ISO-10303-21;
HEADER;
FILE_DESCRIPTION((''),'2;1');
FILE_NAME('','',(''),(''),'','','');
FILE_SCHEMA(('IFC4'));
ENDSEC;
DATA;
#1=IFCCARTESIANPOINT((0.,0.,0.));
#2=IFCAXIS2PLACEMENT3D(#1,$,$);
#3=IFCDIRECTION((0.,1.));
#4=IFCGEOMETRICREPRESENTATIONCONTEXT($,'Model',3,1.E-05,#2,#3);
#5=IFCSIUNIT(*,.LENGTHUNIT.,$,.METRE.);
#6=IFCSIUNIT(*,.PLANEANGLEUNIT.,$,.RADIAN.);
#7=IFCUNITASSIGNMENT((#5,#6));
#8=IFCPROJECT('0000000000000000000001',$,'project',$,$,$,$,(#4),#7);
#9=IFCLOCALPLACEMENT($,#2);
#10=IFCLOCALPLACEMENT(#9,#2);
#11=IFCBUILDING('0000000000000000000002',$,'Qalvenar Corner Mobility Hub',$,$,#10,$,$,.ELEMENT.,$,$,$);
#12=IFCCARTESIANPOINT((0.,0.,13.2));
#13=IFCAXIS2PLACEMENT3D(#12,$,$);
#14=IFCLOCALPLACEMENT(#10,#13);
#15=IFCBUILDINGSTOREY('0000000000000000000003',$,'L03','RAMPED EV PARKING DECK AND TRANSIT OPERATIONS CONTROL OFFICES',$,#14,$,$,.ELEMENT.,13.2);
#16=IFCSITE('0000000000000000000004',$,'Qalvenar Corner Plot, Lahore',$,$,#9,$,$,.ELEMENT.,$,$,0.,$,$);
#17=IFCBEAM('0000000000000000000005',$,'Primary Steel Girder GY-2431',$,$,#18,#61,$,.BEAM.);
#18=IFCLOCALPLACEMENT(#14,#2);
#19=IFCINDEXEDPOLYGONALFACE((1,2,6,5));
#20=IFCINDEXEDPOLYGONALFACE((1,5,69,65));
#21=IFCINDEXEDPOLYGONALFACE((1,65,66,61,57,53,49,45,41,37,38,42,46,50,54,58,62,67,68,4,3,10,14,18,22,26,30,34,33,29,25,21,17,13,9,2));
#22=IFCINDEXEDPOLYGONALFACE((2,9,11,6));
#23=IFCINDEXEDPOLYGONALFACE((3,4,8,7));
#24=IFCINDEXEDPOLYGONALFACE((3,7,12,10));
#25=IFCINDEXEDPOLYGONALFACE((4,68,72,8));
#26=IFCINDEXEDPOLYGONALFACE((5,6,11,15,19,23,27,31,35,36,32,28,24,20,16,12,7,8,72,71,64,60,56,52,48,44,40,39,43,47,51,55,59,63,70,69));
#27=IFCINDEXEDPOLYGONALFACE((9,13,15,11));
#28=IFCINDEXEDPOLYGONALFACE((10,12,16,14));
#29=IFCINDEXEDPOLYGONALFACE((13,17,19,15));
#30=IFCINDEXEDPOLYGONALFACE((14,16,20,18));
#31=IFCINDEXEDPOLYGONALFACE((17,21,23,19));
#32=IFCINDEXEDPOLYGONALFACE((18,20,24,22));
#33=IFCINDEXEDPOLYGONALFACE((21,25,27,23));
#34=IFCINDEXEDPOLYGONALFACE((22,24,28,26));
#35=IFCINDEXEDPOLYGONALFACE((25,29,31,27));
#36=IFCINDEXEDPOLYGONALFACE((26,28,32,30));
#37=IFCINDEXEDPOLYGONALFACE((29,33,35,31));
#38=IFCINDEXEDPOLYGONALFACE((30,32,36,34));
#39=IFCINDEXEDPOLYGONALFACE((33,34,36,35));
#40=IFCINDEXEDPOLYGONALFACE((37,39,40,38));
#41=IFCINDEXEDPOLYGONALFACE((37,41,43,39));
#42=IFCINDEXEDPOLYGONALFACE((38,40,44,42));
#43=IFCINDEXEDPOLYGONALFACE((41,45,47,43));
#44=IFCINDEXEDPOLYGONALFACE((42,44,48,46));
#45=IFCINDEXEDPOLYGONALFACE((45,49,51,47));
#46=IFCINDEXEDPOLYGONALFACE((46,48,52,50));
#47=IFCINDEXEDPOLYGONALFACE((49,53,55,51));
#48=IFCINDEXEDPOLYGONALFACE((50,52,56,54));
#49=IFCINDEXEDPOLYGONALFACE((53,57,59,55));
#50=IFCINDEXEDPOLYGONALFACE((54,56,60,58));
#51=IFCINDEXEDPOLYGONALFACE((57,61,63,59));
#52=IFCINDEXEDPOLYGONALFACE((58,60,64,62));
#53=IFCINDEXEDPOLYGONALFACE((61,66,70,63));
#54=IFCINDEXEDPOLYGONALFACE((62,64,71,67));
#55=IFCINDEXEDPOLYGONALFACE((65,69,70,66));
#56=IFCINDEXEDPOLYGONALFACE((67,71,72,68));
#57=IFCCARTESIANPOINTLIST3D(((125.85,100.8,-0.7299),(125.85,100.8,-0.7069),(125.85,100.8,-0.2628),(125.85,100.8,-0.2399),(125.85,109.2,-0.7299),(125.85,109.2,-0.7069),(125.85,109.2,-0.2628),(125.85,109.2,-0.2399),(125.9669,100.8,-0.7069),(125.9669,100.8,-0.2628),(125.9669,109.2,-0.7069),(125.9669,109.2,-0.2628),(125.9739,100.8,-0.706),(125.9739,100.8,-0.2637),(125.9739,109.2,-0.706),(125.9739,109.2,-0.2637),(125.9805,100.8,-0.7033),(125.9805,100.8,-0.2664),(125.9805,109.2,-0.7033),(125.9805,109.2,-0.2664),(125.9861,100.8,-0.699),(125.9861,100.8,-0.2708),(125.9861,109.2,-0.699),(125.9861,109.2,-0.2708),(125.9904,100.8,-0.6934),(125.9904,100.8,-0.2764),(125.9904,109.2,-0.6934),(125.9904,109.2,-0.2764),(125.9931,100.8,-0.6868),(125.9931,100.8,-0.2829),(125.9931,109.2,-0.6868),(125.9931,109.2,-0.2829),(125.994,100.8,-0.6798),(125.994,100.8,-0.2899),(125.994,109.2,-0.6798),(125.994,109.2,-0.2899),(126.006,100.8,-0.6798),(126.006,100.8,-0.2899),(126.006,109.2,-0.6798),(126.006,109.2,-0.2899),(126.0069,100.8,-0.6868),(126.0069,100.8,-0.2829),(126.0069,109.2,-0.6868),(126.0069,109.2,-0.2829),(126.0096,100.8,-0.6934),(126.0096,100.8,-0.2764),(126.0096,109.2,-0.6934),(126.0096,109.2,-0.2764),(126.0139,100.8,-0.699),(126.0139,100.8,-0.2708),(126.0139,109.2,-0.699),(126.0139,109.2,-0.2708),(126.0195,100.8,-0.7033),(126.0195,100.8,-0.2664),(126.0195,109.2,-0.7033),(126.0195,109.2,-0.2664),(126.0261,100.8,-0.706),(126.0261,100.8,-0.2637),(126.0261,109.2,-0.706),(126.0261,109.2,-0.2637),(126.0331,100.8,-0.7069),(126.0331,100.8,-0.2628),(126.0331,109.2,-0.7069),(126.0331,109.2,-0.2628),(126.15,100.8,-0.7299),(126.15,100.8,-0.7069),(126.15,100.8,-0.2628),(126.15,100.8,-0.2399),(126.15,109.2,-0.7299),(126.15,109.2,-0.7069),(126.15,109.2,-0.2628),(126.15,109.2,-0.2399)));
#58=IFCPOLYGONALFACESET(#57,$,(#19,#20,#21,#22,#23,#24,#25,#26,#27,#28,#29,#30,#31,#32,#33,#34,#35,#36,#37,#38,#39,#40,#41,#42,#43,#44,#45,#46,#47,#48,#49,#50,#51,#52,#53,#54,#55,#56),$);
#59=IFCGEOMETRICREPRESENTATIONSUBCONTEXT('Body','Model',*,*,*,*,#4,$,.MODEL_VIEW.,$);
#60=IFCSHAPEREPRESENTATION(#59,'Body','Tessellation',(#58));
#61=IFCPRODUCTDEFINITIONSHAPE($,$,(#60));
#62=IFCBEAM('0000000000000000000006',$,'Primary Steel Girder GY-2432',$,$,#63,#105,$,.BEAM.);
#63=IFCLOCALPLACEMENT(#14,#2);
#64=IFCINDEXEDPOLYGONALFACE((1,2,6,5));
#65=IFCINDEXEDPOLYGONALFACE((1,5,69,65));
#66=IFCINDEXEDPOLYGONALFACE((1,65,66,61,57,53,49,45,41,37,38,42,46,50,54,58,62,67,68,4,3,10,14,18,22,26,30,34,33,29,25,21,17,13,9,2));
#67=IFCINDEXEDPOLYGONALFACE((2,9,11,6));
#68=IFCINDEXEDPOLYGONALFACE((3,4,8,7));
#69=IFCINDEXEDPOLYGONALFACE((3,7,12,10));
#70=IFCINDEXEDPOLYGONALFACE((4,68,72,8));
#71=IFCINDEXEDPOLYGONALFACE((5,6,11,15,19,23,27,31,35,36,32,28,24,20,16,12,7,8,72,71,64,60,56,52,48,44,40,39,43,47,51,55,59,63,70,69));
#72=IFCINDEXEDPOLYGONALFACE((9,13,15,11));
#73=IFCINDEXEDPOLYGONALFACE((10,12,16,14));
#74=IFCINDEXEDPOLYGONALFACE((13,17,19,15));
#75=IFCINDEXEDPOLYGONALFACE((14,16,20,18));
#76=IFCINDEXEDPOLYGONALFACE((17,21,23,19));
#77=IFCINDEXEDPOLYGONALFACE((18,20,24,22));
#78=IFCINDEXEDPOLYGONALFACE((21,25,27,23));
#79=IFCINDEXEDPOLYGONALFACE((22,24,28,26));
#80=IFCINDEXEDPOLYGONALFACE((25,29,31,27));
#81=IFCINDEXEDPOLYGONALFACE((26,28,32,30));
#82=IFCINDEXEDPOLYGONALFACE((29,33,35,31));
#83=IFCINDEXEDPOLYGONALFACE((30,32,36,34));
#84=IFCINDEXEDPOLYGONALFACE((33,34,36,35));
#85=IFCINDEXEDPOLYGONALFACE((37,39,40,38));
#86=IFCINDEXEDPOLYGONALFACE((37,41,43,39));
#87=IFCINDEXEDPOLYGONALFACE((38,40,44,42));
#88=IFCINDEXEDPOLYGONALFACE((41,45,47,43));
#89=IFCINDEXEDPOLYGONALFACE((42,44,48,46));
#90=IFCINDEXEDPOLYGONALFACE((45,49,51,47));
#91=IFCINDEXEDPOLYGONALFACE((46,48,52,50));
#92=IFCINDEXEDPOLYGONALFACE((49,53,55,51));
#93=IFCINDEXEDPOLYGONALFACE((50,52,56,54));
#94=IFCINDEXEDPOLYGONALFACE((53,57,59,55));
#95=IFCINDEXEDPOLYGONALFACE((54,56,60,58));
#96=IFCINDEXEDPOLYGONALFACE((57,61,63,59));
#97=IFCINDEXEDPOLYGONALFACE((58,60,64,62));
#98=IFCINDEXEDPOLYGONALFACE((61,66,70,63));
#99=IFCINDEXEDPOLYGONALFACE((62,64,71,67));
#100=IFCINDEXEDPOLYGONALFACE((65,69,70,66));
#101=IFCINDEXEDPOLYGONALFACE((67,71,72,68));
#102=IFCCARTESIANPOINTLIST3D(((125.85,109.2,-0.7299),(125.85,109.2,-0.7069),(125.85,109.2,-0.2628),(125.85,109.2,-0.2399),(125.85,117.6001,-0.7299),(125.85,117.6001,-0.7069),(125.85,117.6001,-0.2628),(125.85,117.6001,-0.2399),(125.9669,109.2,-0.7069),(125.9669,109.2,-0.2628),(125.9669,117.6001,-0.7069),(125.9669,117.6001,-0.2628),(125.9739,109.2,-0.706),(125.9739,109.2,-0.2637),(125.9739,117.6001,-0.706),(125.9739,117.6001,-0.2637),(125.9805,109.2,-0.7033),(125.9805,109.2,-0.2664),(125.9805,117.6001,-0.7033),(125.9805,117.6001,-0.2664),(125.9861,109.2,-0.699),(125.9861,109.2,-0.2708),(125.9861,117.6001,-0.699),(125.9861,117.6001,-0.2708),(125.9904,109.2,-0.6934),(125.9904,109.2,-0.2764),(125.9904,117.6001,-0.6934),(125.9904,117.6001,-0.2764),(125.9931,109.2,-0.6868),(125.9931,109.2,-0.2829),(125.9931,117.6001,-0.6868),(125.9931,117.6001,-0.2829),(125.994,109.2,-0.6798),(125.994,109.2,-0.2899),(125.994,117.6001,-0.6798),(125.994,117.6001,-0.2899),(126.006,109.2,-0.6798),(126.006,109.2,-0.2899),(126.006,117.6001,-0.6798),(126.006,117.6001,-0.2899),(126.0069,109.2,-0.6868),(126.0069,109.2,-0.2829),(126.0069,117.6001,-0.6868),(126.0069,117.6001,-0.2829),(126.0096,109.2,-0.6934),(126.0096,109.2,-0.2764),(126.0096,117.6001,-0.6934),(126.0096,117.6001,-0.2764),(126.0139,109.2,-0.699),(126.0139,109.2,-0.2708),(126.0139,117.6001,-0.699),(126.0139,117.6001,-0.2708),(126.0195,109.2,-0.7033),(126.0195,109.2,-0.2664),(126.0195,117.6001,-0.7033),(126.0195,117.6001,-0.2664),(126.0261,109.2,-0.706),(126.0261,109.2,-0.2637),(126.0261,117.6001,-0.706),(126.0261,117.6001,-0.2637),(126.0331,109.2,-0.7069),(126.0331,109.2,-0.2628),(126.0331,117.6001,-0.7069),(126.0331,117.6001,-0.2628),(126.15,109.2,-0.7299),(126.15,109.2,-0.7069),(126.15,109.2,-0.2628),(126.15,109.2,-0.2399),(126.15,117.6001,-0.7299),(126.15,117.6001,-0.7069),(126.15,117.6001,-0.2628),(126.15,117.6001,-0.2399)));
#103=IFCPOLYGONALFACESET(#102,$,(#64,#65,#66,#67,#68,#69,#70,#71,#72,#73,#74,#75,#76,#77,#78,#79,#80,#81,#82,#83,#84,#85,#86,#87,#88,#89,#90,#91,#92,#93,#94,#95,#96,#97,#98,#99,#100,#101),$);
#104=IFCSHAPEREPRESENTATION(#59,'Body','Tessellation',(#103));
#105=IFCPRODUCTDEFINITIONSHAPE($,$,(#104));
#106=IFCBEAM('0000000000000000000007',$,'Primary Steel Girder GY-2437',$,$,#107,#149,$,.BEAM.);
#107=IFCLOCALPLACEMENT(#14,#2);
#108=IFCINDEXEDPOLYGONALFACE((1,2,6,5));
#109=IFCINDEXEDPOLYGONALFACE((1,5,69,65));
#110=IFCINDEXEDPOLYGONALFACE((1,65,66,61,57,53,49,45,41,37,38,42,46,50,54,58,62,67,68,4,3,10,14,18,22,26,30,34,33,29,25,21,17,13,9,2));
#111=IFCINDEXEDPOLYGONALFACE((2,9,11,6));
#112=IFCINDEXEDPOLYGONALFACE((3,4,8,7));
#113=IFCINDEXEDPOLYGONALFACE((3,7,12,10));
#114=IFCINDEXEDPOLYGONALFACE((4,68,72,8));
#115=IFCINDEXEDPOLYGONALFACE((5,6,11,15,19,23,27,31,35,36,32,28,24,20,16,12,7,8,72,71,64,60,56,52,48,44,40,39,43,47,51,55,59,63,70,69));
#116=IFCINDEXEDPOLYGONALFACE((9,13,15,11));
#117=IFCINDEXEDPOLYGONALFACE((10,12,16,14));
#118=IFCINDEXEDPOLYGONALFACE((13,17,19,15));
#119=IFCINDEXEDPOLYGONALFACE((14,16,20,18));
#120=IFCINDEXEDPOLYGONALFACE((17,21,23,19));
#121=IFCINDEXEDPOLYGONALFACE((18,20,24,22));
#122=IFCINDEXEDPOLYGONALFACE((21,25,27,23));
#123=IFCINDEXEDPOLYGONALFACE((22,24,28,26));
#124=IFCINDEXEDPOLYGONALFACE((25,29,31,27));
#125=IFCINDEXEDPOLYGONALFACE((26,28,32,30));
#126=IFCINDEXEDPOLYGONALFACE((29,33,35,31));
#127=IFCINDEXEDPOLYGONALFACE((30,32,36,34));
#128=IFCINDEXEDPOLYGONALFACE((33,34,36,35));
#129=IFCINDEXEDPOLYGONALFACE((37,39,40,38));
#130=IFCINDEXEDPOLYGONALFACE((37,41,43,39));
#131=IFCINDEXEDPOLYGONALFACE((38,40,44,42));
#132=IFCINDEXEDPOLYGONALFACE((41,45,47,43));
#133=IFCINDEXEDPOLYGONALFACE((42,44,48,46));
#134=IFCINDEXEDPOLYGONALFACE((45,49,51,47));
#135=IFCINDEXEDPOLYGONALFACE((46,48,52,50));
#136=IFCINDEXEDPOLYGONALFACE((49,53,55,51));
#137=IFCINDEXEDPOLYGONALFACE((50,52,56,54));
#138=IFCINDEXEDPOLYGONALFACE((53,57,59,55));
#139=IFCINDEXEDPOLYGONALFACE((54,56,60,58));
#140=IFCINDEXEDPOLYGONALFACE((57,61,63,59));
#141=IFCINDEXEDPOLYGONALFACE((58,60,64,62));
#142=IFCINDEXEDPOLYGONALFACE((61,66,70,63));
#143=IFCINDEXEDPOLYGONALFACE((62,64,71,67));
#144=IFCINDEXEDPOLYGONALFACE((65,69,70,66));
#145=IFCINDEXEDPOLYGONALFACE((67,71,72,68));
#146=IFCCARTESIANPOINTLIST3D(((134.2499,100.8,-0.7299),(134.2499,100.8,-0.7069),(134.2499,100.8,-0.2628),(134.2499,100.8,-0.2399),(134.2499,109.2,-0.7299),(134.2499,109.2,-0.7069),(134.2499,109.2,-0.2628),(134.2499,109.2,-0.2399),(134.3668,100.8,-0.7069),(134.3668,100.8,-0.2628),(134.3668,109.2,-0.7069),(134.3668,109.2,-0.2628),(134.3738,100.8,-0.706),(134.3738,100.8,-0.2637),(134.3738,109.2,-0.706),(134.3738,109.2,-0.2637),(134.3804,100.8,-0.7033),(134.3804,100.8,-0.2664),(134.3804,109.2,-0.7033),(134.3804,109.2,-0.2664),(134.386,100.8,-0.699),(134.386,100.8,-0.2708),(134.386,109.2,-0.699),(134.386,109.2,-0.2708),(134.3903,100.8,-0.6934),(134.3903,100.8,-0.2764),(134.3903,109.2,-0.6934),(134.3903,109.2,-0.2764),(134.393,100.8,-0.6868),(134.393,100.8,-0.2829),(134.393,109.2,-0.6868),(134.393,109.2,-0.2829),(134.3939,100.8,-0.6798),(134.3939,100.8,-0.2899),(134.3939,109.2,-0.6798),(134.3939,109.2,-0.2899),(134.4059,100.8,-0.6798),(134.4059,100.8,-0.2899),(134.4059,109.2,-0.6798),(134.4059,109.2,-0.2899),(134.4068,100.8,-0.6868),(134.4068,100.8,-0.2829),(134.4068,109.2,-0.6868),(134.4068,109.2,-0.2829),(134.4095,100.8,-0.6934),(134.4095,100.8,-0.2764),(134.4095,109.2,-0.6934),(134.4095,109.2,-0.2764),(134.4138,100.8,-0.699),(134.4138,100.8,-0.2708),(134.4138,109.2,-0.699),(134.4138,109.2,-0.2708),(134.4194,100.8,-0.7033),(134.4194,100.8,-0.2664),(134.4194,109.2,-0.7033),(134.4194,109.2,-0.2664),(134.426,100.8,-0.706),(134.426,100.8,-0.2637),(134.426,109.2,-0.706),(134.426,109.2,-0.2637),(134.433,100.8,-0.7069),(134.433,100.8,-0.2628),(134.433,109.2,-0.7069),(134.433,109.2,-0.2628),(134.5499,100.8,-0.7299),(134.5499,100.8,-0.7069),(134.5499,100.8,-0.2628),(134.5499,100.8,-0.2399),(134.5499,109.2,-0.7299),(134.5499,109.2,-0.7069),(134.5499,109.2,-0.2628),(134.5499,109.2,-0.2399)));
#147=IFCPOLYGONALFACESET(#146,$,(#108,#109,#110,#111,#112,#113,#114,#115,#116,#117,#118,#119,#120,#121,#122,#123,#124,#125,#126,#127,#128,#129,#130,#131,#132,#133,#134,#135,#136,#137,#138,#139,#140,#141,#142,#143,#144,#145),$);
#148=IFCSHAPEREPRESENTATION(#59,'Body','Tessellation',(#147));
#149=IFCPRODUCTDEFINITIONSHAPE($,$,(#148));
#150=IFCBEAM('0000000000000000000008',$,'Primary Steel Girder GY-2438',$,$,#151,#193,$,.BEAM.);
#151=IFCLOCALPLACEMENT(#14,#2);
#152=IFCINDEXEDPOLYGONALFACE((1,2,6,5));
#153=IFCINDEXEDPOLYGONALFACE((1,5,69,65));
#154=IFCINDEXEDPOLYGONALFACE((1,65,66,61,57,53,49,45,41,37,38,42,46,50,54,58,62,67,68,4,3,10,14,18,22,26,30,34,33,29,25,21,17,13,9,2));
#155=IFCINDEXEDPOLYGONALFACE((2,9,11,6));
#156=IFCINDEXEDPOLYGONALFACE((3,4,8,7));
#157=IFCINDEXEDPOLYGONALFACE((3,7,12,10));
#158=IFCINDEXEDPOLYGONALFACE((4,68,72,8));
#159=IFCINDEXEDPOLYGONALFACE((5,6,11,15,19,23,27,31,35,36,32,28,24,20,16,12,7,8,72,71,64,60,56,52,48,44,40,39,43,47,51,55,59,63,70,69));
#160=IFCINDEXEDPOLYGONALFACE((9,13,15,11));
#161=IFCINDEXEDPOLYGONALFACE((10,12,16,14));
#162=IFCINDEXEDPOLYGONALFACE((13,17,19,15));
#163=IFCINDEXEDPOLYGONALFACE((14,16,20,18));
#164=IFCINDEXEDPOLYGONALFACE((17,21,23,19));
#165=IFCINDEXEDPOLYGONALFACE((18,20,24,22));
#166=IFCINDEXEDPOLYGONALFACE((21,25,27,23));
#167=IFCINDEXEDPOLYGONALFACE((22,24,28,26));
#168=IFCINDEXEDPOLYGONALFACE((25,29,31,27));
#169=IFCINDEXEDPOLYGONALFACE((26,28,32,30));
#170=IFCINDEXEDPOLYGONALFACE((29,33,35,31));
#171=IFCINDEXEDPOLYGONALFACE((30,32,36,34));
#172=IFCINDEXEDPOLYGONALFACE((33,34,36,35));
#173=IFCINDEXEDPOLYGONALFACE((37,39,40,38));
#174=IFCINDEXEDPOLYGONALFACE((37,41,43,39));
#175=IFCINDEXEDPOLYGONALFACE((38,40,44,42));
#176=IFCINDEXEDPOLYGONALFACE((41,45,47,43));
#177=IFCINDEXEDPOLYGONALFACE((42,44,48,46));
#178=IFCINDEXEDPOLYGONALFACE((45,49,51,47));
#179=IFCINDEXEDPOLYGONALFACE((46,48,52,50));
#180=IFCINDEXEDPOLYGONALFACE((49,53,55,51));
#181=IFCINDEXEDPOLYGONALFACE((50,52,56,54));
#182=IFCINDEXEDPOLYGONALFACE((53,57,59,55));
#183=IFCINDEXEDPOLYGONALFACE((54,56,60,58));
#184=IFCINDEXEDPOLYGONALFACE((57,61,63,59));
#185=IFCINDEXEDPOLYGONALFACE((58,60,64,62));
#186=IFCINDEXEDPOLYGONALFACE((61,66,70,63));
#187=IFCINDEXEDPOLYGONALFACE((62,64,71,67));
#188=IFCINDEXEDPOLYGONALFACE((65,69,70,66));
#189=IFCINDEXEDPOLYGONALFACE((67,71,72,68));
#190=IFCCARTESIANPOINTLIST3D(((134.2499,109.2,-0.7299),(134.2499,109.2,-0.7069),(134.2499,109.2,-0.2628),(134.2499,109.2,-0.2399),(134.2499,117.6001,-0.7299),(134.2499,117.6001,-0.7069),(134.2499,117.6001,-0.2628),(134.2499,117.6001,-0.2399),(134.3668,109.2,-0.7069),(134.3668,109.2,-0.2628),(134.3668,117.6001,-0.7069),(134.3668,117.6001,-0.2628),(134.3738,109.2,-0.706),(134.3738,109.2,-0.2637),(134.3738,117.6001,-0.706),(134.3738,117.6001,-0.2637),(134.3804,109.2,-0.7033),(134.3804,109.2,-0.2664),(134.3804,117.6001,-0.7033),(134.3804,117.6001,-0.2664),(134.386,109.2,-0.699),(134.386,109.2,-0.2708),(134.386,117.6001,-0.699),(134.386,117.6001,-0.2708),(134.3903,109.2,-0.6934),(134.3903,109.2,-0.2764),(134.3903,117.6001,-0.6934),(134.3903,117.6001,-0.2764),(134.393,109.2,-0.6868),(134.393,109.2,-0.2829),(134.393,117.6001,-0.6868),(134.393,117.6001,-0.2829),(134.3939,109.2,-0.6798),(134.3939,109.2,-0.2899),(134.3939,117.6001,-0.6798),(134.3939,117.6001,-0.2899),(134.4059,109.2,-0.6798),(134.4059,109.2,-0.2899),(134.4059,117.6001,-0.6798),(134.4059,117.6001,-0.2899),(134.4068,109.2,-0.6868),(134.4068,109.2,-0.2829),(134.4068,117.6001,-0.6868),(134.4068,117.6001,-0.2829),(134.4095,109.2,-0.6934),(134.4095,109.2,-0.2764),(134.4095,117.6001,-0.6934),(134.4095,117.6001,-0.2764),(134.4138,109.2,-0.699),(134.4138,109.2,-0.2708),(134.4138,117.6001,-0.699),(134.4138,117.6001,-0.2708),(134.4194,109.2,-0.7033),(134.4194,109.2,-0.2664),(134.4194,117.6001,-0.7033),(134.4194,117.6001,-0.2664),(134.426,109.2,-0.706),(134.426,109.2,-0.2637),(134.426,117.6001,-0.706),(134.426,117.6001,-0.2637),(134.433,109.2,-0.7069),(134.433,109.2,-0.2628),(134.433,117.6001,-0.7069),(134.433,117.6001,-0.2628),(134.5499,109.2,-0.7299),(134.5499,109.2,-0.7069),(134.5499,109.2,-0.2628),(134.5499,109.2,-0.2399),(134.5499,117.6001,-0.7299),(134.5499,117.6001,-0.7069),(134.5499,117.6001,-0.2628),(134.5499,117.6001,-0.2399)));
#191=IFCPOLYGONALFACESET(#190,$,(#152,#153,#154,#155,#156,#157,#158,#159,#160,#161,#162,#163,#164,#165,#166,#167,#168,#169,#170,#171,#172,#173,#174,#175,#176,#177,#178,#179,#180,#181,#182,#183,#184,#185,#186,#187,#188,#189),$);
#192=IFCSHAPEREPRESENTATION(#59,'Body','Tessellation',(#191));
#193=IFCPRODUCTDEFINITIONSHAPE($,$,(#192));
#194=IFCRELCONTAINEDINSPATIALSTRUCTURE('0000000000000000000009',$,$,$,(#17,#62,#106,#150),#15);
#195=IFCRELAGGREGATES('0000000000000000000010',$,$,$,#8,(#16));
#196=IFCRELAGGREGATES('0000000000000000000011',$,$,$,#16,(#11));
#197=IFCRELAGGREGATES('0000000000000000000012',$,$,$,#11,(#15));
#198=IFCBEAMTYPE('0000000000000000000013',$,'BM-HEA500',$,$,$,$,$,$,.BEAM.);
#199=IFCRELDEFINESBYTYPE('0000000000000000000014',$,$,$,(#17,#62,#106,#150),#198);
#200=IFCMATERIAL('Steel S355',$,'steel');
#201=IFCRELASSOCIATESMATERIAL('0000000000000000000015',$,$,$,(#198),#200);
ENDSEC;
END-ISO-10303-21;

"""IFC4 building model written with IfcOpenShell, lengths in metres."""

from ifc_helpers import new_model, si_unit, direction, frame, origin, origin_2d, place, context, subcontext, project, spatial, i_section, extrude, material, material_profile, profile_set, type_object, element, save


model = new_model("IFC4")

# Units and contexts
model_context = context("Model", 3, precision=1e-05, world=origin(), true_north=direction((0.0, 1.0)))
body_context = subcontext(model_context, "Body", "Model", "MODEL_VIEW")
ifc_project = project(units=[si_unit("LENGTHUNIT", "METRE"), si_unit("PLANEANGLEUNIT", "RADIAN")], contexts=[model_context])

# Site, building, storey
site_placement = place(None, origin())
site = spatial("IfcSite", under=ifc_project, at=site_placement, Name="Qalvenar Corner Plot, Lahore", CompositionType="ELEMENT", RefElevation=0.0)
building_placement = place(site_placement, origin())
building = spatial("IfcBuilding", under=site, at=building_placement, Name="Qalvenar Corner Mobility Hub", CompositionType="ELEMENT")
storey_placement = place(building_placement, frame((0.0, 0.0, 13.2)))
storey = spatial("IfcBuildingStorey", under=building, at=storey_placement, Name="L03", Description="RAMPED EV PARKING DECK AND TRANSIT OPERATIONS CONTROL OFFICES", CompositionType="ELEMENT", Elevation=13.2)

# Shared definitions
ifc_material_1 = material(Name="Steel S355", Category="steel")

# Beams
ifc_material_profile_1 = material_profile(ifc_material_1, i_section(OverallWidth=0.3, OverallDepth=0.49, WebThickness=0.012, FlangeThickness=0.0229, FilletRadius=0.0271, at=origin_2d()), Name="HEA500")
ifc_profile_set_1 = profile_set([ifc_material_profile_1], Name="Steel S355")
beam_type_1 = type_object("IfcBeamType", Name="BM-HEA500", PredefinedType="BEAM", material=ifc_profile_set_1)
beam_1_placement = place(storey_placement, frame((126.0, 100.8, -0.4849), z_axis=(0.0, 1.0, 0.0), x_axis=(-1.0, 0.0, 0.0)))
element("IfcBeam", 1, at=beam_1_placement, inside=storey, type_object=beam_type_1, Name="Primary Steel Girder GY-2431", PredefinedType="BEAM", context=body_context, shape_type="SweptSolid", body=[
    extrude(i_section(OverallWidth=0.3, OverallDepth=0.49, WebThickness=0.012, FlangeThickness=0.0229, FilletRadius=0.0271, at=origin_2d()), origin(), (0.0, 0.0, 1.0), 8.3999),
])
beam_2_placement = place(storey_placement, frame((126.0, 109.2, -0.4849), z_axis=(0.0, 1.0, 0.0), x_axis=(-1.0, 0.0, 0.0)))
element("IfcBeam", 2, at=beam_2_placement, inside=storey, type_object=beam_type_1, Name="Primary Steel Girder GY-2432", PredefinedType="BEAM", context=body_context, shape_type="SweptSolid", body=[
    extrude(i_section(OverallWidth=0.3, OverallDepth=0.49, WebThickness=0.012, FlangeThickness=0.0229, FilletRadius=0.0271, at=origin_2d()), origin(), (0.0, 0.0, 1.0), 8.4001),
])
beam_3_placement = place(storey_placement, frame((134.3999, 100.8, -0.4849), z_axis=(0.0, 1.0, 0.0), x_axis=(-1.0, 0.0, 0.0)))
element("IfcBeam", 3, at=beam_3_placement, inside=storey, type_object=beam_type_1, Name="Primary Steel Girder GY-2437", PredefinedType="BEAM", context=body_context, shape_type="SweptSolid", body=[
    extrude(i_section(OverallWidth=0.3, OverallDepth=0.49, WebThickness=0.012, FlangeThickness=0.0229, FilletRadius=0.0271, at=origin_2d()), origin(), (0.0, 0.0, 1.0), 8.3999),
])
beam_4_placement = place(storey_placement, frame((134.3999, 109.2, -0.4849), z_axis=(0.0, 1.0, 0.0), x_axis=(-1.0, 0.0, 0.0)))
element("IfcBeam", 4, at=beam_4_placement, inside=storey, type_object=beam_type_1, Name="Primary Steel Girder GY-2438", PredefinedType="BEAM", context=body_context, shape_type="SweptSolid", body=[
    extrude(i_section(OverallWidth=0.3, OverallDepth=0.49, WebThickness=0.012, FlangeThickness=0.0229, FilletRadius=0.0271, at=origin_2d()), origin(), (0.0, 0.0, 1.0), 8.4001),
])

save(model, "model.ifc")
